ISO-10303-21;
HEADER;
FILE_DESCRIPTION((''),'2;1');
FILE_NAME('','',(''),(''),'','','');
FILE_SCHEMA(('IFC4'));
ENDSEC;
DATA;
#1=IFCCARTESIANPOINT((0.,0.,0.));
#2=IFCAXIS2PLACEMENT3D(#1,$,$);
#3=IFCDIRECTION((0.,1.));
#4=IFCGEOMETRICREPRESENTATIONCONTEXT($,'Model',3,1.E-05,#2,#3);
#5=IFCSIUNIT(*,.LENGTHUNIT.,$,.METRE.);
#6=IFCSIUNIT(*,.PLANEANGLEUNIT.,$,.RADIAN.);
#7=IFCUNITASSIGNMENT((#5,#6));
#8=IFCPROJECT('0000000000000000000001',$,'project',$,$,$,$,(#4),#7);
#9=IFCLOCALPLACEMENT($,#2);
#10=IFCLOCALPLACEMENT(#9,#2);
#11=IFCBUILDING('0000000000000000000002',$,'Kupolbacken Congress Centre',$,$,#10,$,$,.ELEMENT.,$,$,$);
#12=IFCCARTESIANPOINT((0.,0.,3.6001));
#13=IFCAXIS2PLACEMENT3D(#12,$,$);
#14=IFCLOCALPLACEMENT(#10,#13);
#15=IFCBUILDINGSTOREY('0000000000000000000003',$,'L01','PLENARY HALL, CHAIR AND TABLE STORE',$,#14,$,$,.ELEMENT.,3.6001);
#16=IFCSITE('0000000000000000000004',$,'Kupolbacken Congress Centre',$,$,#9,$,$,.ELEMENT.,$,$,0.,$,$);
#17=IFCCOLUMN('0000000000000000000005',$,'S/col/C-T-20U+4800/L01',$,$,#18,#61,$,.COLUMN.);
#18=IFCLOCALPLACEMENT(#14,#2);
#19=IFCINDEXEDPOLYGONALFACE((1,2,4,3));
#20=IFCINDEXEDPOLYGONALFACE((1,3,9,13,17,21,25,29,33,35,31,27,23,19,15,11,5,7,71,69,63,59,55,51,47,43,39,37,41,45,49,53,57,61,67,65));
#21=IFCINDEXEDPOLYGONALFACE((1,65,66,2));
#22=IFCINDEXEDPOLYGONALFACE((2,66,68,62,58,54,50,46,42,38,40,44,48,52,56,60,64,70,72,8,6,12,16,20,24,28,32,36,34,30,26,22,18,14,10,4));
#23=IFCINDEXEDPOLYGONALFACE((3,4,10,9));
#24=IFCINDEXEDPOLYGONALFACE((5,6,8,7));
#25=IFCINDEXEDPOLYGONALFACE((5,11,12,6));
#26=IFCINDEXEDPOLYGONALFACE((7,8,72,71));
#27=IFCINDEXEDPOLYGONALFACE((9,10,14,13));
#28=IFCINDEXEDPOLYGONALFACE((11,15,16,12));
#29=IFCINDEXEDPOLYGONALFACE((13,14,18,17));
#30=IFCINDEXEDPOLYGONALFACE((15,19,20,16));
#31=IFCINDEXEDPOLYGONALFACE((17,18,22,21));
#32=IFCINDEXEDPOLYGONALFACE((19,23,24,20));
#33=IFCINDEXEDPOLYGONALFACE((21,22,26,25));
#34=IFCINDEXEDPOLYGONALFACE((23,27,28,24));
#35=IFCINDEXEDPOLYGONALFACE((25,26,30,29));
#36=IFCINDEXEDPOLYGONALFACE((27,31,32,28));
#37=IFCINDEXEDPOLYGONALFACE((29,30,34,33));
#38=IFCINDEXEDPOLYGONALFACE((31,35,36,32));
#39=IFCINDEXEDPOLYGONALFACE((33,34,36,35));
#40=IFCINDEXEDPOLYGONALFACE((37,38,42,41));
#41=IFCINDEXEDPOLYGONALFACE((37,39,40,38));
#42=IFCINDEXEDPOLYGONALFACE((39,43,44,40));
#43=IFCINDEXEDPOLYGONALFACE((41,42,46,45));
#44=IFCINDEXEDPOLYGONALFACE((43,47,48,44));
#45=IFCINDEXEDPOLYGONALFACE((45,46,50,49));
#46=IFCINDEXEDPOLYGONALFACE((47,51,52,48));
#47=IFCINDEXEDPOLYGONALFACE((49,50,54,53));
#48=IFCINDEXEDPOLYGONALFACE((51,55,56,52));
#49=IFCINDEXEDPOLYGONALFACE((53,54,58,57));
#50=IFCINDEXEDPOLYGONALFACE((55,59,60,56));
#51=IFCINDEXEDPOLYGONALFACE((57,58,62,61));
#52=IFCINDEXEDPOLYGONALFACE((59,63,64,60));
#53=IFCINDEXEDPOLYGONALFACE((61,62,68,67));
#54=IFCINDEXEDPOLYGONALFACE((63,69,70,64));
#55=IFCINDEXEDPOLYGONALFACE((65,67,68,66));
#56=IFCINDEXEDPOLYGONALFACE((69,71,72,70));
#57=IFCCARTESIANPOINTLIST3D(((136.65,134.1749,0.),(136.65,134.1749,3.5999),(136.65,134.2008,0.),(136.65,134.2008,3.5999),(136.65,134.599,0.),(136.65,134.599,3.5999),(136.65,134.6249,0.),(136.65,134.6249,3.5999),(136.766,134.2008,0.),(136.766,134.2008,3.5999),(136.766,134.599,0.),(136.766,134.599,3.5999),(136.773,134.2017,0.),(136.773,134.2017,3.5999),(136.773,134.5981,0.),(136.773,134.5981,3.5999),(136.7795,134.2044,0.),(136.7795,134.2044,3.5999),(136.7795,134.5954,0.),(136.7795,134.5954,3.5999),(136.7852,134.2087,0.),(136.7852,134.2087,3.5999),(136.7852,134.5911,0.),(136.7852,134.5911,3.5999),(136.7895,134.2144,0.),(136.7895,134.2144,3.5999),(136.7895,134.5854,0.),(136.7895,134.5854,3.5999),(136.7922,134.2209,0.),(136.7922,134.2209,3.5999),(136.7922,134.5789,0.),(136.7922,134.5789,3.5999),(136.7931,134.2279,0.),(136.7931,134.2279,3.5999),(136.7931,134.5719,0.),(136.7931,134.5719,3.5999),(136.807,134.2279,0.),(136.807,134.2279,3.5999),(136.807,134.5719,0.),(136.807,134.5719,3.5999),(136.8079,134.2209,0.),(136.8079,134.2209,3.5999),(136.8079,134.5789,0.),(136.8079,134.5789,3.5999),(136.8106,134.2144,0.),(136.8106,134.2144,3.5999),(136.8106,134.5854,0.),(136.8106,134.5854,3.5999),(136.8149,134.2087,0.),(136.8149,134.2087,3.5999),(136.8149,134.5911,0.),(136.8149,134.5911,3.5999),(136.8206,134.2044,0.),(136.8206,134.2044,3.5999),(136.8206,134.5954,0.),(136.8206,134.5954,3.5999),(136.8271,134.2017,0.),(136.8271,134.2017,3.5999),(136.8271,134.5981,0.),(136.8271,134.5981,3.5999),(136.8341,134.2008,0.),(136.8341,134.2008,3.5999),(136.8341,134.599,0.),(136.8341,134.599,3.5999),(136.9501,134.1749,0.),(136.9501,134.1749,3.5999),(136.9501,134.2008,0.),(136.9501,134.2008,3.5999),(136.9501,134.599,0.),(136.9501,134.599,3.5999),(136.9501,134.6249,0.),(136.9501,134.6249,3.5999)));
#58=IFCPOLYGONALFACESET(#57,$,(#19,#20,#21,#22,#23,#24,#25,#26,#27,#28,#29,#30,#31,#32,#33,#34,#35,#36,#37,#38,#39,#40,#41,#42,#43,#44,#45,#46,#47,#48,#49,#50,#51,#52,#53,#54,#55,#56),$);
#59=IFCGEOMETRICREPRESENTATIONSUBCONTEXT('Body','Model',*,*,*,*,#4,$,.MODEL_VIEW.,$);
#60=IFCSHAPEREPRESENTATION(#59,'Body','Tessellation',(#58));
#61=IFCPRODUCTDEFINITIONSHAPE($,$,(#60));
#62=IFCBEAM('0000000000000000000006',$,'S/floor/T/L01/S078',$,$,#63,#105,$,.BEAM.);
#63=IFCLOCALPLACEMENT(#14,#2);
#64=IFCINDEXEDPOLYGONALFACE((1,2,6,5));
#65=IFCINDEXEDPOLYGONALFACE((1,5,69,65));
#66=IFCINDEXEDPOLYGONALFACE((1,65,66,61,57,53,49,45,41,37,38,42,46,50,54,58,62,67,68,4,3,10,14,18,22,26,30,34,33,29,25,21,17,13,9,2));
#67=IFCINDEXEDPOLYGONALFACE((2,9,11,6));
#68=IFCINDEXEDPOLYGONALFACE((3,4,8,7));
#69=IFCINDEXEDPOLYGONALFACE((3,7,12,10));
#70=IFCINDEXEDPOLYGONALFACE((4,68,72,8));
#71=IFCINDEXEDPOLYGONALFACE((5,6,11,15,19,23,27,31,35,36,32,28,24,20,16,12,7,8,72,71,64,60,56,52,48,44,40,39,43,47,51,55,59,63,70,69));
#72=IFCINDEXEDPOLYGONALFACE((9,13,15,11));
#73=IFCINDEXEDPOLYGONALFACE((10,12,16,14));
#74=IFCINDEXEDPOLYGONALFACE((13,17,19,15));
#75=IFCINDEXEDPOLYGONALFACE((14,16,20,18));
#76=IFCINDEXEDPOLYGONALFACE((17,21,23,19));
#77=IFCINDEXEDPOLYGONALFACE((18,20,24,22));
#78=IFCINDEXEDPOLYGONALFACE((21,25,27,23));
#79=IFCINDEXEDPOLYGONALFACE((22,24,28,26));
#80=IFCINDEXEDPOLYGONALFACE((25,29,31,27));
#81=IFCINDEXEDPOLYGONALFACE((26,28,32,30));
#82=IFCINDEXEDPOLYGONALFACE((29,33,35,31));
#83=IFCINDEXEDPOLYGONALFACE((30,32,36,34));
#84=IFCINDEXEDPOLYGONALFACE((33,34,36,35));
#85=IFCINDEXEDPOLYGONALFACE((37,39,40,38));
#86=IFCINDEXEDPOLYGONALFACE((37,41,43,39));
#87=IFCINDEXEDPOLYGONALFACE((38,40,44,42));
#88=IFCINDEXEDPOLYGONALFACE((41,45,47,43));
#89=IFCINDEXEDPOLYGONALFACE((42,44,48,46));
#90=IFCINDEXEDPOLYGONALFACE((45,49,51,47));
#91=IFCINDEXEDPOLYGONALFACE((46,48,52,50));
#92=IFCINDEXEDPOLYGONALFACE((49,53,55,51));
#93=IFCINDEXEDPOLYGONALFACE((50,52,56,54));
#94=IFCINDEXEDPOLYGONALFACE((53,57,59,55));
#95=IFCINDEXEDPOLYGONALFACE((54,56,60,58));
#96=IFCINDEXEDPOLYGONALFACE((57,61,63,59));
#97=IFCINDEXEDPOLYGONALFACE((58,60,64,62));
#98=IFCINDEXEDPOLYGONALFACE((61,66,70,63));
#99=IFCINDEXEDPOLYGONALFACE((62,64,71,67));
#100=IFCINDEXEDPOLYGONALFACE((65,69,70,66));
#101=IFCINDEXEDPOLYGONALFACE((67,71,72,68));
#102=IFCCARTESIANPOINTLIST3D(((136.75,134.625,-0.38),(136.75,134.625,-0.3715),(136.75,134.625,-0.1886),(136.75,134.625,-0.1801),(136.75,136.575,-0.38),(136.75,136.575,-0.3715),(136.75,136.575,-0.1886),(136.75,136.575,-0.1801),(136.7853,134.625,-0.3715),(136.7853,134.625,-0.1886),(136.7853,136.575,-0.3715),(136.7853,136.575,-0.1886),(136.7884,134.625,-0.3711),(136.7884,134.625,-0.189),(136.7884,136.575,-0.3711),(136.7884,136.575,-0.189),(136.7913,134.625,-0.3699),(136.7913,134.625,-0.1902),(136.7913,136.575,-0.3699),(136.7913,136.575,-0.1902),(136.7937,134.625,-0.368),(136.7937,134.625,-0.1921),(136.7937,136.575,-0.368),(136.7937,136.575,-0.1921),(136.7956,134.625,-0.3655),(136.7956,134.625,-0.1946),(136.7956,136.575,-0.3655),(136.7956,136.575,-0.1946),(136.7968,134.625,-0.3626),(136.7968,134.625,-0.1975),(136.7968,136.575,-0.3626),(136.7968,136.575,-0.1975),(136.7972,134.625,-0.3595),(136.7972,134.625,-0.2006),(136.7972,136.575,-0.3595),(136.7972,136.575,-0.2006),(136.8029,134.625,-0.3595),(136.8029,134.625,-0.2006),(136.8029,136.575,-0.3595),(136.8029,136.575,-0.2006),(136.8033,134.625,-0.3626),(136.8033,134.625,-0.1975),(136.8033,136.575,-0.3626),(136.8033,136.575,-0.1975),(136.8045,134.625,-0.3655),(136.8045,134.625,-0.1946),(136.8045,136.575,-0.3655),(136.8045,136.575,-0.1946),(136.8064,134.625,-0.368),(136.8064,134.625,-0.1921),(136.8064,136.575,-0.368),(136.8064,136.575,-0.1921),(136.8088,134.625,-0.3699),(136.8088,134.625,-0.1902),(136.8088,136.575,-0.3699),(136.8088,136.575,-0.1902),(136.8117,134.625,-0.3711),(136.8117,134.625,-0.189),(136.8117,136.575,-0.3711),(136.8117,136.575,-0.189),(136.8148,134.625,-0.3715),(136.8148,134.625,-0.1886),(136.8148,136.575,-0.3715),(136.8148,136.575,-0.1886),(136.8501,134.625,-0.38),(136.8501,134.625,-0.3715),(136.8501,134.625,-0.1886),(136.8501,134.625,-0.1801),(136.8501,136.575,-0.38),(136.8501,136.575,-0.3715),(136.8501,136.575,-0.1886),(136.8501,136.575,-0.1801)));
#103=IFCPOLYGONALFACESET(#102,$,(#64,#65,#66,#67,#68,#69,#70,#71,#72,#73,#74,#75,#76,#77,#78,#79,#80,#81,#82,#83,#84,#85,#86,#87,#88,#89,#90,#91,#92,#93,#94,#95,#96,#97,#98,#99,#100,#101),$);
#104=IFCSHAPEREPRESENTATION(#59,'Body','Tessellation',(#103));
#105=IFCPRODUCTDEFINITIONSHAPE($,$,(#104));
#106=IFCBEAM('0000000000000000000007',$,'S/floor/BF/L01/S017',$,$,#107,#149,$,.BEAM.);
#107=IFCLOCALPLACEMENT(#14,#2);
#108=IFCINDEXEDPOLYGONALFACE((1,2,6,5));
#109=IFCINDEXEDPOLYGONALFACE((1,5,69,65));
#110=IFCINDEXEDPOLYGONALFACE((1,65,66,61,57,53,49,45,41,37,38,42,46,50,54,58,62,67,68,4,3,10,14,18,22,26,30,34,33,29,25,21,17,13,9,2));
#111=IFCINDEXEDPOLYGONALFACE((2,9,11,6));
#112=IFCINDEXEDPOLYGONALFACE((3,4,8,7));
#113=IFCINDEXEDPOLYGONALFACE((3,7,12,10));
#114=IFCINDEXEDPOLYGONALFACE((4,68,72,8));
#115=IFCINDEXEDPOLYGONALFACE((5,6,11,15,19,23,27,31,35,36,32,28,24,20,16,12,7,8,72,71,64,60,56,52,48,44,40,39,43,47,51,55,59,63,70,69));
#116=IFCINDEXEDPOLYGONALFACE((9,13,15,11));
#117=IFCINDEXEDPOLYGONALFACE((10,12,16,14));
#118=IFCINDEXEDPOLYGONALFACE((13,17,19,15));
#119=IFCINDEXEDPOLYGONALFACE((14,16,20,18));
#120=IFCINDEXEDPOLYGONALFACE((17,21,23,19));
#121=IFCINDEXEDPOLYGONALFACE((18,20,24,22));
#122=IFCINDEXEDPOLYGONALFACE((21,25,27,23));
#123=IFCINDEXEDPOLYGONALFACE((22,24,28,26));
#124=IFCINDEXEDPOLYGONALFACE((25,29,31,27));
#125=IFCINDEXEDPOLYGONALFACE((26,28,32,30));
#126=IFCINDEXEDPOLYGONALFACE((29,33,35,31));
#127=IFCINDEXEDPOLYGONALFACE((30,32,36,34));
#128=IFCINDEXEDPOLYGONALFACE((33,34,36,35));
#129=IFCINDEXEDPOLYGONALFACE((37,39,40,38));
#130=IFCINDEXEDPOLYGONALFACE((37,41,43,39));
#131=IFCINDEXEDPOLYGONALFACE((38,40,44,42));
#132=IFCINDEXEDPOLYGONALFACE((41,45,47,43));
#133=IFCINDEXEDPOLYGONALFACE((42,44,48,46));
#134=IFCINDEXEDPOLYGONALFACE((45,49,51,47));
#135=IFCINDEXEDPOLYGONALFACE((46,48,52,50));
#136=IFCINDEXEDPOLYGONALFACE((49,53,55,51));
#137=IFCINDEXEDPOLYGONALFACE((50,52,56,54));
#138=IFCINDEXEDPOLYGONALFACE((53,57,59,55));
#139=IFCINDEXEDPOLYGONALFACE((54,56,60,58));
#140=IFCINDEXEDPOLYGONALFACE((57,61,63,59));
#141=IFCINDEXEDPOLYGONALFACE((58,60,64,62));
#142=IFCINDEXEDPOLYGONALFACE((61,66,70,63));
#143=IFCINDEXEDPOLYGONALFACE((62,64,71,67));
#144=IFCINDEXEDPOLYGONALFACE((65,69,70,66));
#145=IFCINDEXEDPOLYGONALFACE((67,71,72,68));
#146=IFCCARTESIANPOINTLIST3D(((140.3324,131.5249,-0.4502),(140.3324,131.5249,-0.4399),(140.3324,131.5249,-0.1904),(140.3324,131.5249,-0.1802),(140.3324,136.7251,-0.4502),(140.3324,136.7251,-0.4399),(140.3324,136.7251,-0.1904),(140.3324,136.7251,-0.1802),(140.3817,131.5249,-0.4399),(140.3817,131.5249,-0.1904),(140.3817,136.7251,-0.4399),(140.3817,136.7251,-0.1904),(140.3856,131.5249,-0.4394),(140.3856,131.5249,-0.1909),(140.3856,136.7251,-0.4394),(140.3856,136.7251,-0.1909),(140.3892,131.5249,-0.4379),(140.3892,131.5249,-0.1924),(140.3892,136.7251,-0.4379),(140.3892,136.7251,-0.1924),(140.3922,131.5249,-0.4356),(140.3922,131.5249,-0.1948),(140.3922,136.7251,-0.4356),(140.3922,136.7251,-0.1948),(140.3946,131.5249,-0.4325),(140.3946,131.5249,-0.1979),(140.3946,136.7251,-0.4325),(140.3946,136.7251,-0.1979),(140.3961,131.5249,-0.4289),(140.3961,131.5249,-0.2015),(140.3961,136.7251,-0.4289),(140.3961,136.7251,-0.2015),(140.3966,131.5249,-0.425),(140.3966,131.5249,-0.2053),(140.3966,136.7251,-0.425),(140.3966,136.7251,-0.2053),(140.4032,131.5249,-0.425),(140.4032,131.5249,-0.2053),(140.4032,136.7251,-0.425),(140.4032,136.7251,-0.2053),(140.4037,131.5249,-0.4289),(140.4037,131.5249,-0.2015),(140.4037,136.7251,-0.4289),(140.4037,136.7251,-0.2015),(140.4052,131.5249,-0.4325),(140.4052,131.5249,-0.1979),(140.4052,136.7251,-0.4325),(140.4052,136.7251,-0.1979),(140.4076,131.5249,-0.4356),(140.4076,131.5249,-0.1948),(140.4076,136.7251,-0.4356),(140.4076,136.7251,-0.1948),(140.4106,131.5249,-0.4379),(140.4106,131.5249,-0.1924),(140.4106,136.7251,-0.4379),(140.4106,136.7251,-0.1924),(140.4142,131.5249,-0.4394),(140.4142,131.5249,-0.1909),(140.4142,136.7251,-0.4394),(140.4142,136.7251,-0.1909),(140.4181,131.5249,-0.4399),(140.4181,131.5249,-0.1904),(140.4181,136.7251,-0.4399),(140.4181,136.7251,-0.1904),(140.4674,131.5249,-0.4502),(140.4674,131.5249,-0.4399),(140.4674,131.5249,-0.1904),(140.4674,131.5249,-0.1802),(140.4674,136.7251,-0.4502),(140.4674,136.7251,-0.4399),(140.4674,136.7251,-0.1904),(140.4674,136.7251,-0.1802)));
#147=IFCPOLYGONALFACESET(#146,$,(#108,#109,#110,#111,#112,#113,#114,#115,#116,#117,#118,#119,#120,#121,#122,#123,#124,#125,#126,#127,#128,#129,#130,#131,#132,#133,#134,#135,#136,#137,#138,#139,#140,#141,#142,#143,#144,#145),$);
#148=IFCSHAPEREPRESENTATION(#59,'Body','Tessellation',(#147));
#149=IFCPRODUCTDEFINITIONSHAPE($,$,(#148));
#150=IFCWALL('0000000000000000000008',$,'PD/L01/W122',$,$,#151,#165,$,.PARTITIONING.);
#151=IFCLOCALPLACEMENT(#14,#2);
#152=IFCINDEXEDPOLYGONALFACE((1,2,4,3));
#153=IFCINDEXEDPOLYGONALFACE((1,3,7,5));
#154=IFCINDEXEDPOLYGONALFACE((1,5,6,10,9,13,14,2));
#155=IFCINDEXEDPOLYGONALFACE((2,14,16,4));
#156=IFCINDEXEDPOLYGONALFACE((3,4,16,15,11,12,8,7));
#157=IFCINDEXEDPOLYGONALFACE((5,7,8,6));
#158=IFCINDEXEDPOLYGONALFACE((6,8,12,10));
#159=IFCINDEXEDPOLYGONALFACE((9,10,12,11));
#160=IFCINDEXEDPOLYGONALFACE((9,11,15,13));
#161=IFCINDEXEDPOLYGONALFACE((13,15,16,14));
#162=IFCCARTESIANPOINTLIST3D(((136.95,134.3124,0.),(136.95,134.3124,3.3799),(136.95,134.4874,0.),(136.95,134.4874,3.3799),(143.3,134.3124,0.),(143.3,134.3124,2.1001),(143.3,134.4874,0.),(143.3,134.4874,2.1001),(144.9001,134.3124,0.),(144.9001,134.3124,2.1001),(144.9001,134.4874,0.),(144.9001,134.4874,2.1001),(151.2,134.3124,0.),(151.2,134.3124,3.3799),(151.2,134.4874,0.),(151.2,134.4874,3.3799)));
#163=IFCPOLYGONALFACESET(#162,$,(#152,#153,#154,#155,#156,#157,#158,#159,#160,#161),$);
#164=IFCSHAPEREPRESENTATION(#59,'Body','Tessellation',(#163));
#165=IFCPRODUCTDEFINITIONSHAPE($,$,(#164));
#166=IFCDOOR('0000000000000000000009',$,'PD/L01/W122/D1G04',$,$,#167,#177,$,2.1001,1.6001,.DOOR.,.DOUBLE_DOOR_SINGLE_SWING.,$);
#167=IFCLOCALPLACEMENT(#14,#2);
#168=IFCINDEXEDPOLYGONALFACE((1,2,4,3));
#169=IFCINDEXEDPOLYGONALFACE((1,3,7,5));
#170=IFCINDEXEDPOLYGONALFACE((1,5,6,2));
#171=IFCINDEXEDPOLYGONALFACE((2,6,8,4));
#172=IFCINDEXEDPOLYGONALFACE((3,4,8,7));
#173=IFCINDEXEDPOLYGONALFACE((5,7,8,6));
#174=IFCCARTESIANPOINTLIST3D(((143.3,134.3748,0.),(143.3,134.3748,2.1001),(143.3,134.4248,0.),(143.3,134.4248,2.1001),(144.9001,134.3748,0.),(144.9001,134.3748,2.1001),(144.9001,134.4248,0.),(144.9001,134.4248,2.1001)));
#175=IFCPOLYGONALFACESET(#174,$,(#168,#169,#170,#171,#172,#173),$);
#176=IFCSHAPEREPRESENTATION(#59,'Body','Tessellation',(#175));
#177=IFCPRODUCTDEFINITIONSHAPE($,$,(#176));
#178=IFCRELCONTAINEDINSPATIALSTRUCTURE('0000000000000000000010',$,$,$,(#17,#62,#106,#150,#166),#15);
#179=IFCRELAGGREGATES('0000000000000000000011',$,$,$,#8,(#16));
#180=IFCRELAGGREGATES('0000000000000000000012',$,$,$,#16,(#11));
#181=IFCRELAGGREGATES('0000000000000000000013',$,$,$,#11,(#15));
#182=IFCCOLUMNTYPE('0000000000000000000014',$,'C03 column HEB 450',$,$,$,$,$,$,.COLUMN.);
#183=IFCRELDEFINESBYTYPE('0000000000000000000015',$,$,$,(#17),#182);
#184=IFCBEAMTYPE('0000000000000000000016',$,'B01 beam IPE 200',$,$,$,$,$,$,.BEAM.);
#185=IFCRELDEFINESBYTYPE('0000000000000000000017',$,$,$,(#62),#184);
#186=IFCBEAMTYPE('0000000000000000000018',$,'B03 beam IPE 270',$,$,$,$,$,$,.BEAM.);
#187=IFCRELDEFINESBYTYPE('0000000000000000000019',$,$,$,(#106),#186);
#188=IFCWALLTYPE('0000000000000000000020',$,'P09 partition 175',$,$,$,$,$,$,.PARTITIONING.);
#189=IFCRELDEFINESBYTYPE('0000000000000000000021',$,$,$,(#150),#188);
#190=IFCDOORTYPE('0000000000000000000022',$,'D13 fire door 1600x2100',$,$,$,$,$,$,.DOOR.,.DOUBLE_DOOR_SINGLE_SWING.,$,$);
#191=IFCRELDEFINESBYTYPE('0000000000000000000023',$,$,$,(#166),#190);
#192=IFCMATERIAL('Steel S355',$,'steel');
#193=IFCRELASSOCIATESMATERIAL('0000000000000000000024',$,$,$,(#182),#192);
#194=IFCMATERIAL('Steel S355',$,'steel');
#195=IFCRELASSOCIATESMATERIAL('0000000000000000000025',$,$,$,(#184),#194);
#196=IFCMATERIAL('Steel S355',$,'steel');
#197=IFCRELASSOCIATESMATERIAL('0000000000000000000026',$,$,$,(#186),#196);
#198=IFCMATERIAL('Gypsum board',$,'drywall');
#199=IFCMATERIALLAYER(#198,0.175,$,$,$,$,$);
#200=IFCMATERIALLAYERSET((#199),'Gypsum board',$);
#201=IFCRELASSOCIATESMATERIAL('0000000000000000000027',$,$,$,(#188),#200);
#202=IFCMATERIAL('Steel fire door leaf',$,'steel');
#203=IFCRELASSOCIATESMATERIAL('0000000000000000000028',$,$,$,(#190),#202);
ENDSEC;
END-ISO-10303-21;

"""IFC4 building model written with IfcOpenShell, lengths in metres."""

from ifc_helpers import new_model, si_unit, direction, frame, frame_2d, origin, origin_2d, place, context, subcontext, project, spatial, rectangle, i_section, extrude, material, layer, layer_set, material_profile, profile_set, type_object, element, fill, save


model = new_model("IFC4")

# Units and contexts
model_context = context("Model", 3, precision=1e-05, world=origin(), true_north=direction((0.0, 1.0)))
body_context = subcontext(model_context, "Body", "Model", "MODEL_VIEW")
ifc_project = project(units=[si_unit("LENGTHUNIT", "METRE"), si_unit("PLANEANGLEUNIT", "RADIAN")], contexts=[model_context])

# Site, building, storey
site_placement = place(None, origin())
site = spatial("IfcSite", under=ifc_project, at=site_placement, Name="Kupolbacken Congress Centre", CompositionType="ELEMENT", RefElevation=0.0)
building_placement = place(site_placement, origin())
building = spatial("IfcBuilding", under=site, at=building_placement, Name="Kupolbacken Congress Centre", CompositionType="ELEMENT")
storey_placement = place(building_placement, frame((0.0, 0.0, 3.6001)))
storey = spatial("IfcBuildingStorey", under=building, at=storey_placement, Name="L01", Description="PLENARY HALL, CHAIR AND TABLE STORE", CompositionType="ELEMENT", Elevation=3.6001)

# Column
ifc_material_1 = material(Name="Steel S355", Category="steel")
ifc_material_profile_1 = material_profile(ifc_material_1, i_section(OverallWidth=0.3, OverallDepth=0.45, WebThickness=0.0139, FlangeThickness=0.0259, FilletRadius=0.0271, at=origin_2d()), Name="HEB 450")
ifc_profile_set_1 = profile_set([ifc_material_profile_1], Name="Steel S355")
column_type = type_object("IfcColumnType", Name="C03 column HEB 450", PredefinedType="COLUMN", material=ifc_profile_set_1)
column_placement = place(storey_placement, frame((136.8, 134.3999, 0.0), z_axis=(0.0, 0.0, 1.0), x_axis=(1.0, 0.0, 0.0)))
element("IfcColumn", 1, at=column_placement, inside=storey, type_object=column_type, Name="S/col/C-T-20U+4800/L01", PredefinedType="COLUMN", context=body_context, shape_type="SweptSolid", body=[
    extrude(i_section(OverallWidth=0.3, OverallDepth=0.45, WebThickness=0.0139, FlangeThickness=0.0259, FilletRadius=0.0271, at=origin_2d()), origin(), (0.0, 0.0, 1.0), 3.5999),
])

# Beams
ifc_material_2 = material(Name="Steel S355", Category="steel")
ifc_material_profile_2 = material_profile(ifc_material_2, i_section(OverallWidth=0.1001, OverallDepth=0.2, WebThickness=0.0056, FlangeThickness=0.0085, FilletRadius=0.012, at=origin_2d()), Name="IPE 200")
ifc_profile_set_2 = profile_set([ifc_material_profile_2], Name="Steel S355")
beam_type_1 = type_object("IfcBeamType", Name="B01 beam IPE 200", PredefinedType="BEAM", material=ifc_profile_set_2)
beam_1_placement = place(storey_placement, frame((136.8, 134.625, -0.28), z_axis=(0.0, 1.0, 0.0), x_axis=(-1.0, 0.0, 0.0)))
element("IfcBeam", 2, at=beam_1_placement, inside=storey, type_object=beam_type_1, Name="S/floor/T/L01/S078", PredefinedType="BEAM", context=body_context, shape_type="SweptSolid", body=[
    extrude(i_section(OverallWidth=0.1001, OverallDepth=0.2, WebThickness=0.0056, FlangeThickness=0.0085, FilletRadius=0.012, at=origin_2d()), origin(), (0.0, 0.0, 1.0), 1.95),
])
ifc_material_3 = material(Name="Steel S355", Category="steel")
ifc_material_profile_3 = material_profile(ifc_material_3, i_section(OverallWidth=0.135, OverallDepth=0.27, WebThickness=0.0066, FlangeThickness=0.0103, FilletRadius=0.0149, at=origin_2d()), Name="IPE 270")
ifc_profile_set_3 = profile_set([ifc_material_profile_3], Name="Steel S355")
beam_type_2 = type_object("IfcBeamType", Name="B03 beam IPE 270", PredefinedType="BEAM", material=ifc_profile_set_3)
beam_2_placement = place(storey_placement, frame((140.3999, 131.5249, -0.3152), z_axis=(0.0, 1.0, 0.0), x_axis=(-1.0, 0.0, 0.0)))
element("IfcBeam", 3, at=beam_2_placement, inside=storey, type_object=beam_type_2, Name="S/floor/BF/L01/S017", PredefinedType="BEAM", context=body_context, shape_type="SweptSolid", body=[
    extrude(i_section(OverallWidth=0.135, OverallDepth=0.27, WebThickness=0.0066, FlangeThickness=0.0103, FilletRadius=0.0149, at=origin_2d()), origin(), (0.0, 0.0, 1.0), 5.2002),
])

# Wall, opening, door
ifc_material_4 = material(Name="Gypsum board", Category="drywall")
ifc_layer_1 = layer(ifc_material_4, 0.175)
ifc_layer_set_1 = layer_set([ifc_layer_1], Name="Gypsum board")
wall_type_1 = type_object("IfcWallType", Name="P09 partition 175", PredefinedType="PARTITIONING", material=ifc_layer_set_1)
wall_1_placement = place(storey_placement, frame((136.95, 134.3999, 0.0), z_axis=(0.0, 0.0, 1.0), x_axis=(1.0, 0.0, 0.0)))
wall_1 = element("IfcWall", 4, at=wall_1_placement, inside=storey, type_object=wall_type_1, Name="PD/L01/W122", PredefinedType="PARTITIONING", context=body_context, shape_type="SweptSolid", body=[
    extrude(rectangle(XDim=14.25, YDim=0.175, at=frame_2d((7.125, 0.0))), origin(), (0.0, 0.0, 1.0), 3.3799),
])
opening_1_placement = place(wall_1_placement, frame((6.3501, 0.0, 0.0)))
opening_1 = element("IfcOpeningElement", 5, at=opening_1_placement, cuts=wall_1, PredefinedType="OPENING", context=body_context, shape_type="SweptSolid", body=[
    extrude(rectangle(XDim=1.6001, YDim=2.1001, at=frame_2d((0.8, 1.05))), frame((0.0, 0.0974, 0.0), z_axis=(0.0, -1.0, 0.0), x_axis=(1.0, 0.0, 0.0)), (0.0, 0.0, 1.0), 0.1951),
])
ifc_material_5 = material(Name="Steel fire door leaf", Category="steel")
door_type_1 = type_object("IfcDoorType", Name="D13 fire door 1600x2100", OperationType="DOUBLE_DOOR_SINGLE_SWING", PredefinedType="DOOR", material=ifc_material_5)
door_1_placement = place(opening_1_placement, origin())
door_1 = element("IfcDoor", 6, at=door_1_placement, inside=storey, type_object=door_type_1, Name="PD/L01/W122/D1G04", OperationType="DOUBLE_DOOR_SINGLE_SWING", OverallHeight=2.1001, OverallWidth=1.6001, PredefinedType="DOOR", context=body_context, shape_type="SweptSolid", body=[
    extrude(rectangle(XDim=1.6001, YDim=2.1001, at=frame_2d((0.8, 1.05))), frame((0.0, 0.0249, 0.0), z_axis=(0.0, -1.0, 0.0), x_axis=(1.0, 0.0, 0.0)), (0.0, 0.0, 1.0), 0.05),
])
fill(opening_1, door_1)

save(model, "model.ifc")
